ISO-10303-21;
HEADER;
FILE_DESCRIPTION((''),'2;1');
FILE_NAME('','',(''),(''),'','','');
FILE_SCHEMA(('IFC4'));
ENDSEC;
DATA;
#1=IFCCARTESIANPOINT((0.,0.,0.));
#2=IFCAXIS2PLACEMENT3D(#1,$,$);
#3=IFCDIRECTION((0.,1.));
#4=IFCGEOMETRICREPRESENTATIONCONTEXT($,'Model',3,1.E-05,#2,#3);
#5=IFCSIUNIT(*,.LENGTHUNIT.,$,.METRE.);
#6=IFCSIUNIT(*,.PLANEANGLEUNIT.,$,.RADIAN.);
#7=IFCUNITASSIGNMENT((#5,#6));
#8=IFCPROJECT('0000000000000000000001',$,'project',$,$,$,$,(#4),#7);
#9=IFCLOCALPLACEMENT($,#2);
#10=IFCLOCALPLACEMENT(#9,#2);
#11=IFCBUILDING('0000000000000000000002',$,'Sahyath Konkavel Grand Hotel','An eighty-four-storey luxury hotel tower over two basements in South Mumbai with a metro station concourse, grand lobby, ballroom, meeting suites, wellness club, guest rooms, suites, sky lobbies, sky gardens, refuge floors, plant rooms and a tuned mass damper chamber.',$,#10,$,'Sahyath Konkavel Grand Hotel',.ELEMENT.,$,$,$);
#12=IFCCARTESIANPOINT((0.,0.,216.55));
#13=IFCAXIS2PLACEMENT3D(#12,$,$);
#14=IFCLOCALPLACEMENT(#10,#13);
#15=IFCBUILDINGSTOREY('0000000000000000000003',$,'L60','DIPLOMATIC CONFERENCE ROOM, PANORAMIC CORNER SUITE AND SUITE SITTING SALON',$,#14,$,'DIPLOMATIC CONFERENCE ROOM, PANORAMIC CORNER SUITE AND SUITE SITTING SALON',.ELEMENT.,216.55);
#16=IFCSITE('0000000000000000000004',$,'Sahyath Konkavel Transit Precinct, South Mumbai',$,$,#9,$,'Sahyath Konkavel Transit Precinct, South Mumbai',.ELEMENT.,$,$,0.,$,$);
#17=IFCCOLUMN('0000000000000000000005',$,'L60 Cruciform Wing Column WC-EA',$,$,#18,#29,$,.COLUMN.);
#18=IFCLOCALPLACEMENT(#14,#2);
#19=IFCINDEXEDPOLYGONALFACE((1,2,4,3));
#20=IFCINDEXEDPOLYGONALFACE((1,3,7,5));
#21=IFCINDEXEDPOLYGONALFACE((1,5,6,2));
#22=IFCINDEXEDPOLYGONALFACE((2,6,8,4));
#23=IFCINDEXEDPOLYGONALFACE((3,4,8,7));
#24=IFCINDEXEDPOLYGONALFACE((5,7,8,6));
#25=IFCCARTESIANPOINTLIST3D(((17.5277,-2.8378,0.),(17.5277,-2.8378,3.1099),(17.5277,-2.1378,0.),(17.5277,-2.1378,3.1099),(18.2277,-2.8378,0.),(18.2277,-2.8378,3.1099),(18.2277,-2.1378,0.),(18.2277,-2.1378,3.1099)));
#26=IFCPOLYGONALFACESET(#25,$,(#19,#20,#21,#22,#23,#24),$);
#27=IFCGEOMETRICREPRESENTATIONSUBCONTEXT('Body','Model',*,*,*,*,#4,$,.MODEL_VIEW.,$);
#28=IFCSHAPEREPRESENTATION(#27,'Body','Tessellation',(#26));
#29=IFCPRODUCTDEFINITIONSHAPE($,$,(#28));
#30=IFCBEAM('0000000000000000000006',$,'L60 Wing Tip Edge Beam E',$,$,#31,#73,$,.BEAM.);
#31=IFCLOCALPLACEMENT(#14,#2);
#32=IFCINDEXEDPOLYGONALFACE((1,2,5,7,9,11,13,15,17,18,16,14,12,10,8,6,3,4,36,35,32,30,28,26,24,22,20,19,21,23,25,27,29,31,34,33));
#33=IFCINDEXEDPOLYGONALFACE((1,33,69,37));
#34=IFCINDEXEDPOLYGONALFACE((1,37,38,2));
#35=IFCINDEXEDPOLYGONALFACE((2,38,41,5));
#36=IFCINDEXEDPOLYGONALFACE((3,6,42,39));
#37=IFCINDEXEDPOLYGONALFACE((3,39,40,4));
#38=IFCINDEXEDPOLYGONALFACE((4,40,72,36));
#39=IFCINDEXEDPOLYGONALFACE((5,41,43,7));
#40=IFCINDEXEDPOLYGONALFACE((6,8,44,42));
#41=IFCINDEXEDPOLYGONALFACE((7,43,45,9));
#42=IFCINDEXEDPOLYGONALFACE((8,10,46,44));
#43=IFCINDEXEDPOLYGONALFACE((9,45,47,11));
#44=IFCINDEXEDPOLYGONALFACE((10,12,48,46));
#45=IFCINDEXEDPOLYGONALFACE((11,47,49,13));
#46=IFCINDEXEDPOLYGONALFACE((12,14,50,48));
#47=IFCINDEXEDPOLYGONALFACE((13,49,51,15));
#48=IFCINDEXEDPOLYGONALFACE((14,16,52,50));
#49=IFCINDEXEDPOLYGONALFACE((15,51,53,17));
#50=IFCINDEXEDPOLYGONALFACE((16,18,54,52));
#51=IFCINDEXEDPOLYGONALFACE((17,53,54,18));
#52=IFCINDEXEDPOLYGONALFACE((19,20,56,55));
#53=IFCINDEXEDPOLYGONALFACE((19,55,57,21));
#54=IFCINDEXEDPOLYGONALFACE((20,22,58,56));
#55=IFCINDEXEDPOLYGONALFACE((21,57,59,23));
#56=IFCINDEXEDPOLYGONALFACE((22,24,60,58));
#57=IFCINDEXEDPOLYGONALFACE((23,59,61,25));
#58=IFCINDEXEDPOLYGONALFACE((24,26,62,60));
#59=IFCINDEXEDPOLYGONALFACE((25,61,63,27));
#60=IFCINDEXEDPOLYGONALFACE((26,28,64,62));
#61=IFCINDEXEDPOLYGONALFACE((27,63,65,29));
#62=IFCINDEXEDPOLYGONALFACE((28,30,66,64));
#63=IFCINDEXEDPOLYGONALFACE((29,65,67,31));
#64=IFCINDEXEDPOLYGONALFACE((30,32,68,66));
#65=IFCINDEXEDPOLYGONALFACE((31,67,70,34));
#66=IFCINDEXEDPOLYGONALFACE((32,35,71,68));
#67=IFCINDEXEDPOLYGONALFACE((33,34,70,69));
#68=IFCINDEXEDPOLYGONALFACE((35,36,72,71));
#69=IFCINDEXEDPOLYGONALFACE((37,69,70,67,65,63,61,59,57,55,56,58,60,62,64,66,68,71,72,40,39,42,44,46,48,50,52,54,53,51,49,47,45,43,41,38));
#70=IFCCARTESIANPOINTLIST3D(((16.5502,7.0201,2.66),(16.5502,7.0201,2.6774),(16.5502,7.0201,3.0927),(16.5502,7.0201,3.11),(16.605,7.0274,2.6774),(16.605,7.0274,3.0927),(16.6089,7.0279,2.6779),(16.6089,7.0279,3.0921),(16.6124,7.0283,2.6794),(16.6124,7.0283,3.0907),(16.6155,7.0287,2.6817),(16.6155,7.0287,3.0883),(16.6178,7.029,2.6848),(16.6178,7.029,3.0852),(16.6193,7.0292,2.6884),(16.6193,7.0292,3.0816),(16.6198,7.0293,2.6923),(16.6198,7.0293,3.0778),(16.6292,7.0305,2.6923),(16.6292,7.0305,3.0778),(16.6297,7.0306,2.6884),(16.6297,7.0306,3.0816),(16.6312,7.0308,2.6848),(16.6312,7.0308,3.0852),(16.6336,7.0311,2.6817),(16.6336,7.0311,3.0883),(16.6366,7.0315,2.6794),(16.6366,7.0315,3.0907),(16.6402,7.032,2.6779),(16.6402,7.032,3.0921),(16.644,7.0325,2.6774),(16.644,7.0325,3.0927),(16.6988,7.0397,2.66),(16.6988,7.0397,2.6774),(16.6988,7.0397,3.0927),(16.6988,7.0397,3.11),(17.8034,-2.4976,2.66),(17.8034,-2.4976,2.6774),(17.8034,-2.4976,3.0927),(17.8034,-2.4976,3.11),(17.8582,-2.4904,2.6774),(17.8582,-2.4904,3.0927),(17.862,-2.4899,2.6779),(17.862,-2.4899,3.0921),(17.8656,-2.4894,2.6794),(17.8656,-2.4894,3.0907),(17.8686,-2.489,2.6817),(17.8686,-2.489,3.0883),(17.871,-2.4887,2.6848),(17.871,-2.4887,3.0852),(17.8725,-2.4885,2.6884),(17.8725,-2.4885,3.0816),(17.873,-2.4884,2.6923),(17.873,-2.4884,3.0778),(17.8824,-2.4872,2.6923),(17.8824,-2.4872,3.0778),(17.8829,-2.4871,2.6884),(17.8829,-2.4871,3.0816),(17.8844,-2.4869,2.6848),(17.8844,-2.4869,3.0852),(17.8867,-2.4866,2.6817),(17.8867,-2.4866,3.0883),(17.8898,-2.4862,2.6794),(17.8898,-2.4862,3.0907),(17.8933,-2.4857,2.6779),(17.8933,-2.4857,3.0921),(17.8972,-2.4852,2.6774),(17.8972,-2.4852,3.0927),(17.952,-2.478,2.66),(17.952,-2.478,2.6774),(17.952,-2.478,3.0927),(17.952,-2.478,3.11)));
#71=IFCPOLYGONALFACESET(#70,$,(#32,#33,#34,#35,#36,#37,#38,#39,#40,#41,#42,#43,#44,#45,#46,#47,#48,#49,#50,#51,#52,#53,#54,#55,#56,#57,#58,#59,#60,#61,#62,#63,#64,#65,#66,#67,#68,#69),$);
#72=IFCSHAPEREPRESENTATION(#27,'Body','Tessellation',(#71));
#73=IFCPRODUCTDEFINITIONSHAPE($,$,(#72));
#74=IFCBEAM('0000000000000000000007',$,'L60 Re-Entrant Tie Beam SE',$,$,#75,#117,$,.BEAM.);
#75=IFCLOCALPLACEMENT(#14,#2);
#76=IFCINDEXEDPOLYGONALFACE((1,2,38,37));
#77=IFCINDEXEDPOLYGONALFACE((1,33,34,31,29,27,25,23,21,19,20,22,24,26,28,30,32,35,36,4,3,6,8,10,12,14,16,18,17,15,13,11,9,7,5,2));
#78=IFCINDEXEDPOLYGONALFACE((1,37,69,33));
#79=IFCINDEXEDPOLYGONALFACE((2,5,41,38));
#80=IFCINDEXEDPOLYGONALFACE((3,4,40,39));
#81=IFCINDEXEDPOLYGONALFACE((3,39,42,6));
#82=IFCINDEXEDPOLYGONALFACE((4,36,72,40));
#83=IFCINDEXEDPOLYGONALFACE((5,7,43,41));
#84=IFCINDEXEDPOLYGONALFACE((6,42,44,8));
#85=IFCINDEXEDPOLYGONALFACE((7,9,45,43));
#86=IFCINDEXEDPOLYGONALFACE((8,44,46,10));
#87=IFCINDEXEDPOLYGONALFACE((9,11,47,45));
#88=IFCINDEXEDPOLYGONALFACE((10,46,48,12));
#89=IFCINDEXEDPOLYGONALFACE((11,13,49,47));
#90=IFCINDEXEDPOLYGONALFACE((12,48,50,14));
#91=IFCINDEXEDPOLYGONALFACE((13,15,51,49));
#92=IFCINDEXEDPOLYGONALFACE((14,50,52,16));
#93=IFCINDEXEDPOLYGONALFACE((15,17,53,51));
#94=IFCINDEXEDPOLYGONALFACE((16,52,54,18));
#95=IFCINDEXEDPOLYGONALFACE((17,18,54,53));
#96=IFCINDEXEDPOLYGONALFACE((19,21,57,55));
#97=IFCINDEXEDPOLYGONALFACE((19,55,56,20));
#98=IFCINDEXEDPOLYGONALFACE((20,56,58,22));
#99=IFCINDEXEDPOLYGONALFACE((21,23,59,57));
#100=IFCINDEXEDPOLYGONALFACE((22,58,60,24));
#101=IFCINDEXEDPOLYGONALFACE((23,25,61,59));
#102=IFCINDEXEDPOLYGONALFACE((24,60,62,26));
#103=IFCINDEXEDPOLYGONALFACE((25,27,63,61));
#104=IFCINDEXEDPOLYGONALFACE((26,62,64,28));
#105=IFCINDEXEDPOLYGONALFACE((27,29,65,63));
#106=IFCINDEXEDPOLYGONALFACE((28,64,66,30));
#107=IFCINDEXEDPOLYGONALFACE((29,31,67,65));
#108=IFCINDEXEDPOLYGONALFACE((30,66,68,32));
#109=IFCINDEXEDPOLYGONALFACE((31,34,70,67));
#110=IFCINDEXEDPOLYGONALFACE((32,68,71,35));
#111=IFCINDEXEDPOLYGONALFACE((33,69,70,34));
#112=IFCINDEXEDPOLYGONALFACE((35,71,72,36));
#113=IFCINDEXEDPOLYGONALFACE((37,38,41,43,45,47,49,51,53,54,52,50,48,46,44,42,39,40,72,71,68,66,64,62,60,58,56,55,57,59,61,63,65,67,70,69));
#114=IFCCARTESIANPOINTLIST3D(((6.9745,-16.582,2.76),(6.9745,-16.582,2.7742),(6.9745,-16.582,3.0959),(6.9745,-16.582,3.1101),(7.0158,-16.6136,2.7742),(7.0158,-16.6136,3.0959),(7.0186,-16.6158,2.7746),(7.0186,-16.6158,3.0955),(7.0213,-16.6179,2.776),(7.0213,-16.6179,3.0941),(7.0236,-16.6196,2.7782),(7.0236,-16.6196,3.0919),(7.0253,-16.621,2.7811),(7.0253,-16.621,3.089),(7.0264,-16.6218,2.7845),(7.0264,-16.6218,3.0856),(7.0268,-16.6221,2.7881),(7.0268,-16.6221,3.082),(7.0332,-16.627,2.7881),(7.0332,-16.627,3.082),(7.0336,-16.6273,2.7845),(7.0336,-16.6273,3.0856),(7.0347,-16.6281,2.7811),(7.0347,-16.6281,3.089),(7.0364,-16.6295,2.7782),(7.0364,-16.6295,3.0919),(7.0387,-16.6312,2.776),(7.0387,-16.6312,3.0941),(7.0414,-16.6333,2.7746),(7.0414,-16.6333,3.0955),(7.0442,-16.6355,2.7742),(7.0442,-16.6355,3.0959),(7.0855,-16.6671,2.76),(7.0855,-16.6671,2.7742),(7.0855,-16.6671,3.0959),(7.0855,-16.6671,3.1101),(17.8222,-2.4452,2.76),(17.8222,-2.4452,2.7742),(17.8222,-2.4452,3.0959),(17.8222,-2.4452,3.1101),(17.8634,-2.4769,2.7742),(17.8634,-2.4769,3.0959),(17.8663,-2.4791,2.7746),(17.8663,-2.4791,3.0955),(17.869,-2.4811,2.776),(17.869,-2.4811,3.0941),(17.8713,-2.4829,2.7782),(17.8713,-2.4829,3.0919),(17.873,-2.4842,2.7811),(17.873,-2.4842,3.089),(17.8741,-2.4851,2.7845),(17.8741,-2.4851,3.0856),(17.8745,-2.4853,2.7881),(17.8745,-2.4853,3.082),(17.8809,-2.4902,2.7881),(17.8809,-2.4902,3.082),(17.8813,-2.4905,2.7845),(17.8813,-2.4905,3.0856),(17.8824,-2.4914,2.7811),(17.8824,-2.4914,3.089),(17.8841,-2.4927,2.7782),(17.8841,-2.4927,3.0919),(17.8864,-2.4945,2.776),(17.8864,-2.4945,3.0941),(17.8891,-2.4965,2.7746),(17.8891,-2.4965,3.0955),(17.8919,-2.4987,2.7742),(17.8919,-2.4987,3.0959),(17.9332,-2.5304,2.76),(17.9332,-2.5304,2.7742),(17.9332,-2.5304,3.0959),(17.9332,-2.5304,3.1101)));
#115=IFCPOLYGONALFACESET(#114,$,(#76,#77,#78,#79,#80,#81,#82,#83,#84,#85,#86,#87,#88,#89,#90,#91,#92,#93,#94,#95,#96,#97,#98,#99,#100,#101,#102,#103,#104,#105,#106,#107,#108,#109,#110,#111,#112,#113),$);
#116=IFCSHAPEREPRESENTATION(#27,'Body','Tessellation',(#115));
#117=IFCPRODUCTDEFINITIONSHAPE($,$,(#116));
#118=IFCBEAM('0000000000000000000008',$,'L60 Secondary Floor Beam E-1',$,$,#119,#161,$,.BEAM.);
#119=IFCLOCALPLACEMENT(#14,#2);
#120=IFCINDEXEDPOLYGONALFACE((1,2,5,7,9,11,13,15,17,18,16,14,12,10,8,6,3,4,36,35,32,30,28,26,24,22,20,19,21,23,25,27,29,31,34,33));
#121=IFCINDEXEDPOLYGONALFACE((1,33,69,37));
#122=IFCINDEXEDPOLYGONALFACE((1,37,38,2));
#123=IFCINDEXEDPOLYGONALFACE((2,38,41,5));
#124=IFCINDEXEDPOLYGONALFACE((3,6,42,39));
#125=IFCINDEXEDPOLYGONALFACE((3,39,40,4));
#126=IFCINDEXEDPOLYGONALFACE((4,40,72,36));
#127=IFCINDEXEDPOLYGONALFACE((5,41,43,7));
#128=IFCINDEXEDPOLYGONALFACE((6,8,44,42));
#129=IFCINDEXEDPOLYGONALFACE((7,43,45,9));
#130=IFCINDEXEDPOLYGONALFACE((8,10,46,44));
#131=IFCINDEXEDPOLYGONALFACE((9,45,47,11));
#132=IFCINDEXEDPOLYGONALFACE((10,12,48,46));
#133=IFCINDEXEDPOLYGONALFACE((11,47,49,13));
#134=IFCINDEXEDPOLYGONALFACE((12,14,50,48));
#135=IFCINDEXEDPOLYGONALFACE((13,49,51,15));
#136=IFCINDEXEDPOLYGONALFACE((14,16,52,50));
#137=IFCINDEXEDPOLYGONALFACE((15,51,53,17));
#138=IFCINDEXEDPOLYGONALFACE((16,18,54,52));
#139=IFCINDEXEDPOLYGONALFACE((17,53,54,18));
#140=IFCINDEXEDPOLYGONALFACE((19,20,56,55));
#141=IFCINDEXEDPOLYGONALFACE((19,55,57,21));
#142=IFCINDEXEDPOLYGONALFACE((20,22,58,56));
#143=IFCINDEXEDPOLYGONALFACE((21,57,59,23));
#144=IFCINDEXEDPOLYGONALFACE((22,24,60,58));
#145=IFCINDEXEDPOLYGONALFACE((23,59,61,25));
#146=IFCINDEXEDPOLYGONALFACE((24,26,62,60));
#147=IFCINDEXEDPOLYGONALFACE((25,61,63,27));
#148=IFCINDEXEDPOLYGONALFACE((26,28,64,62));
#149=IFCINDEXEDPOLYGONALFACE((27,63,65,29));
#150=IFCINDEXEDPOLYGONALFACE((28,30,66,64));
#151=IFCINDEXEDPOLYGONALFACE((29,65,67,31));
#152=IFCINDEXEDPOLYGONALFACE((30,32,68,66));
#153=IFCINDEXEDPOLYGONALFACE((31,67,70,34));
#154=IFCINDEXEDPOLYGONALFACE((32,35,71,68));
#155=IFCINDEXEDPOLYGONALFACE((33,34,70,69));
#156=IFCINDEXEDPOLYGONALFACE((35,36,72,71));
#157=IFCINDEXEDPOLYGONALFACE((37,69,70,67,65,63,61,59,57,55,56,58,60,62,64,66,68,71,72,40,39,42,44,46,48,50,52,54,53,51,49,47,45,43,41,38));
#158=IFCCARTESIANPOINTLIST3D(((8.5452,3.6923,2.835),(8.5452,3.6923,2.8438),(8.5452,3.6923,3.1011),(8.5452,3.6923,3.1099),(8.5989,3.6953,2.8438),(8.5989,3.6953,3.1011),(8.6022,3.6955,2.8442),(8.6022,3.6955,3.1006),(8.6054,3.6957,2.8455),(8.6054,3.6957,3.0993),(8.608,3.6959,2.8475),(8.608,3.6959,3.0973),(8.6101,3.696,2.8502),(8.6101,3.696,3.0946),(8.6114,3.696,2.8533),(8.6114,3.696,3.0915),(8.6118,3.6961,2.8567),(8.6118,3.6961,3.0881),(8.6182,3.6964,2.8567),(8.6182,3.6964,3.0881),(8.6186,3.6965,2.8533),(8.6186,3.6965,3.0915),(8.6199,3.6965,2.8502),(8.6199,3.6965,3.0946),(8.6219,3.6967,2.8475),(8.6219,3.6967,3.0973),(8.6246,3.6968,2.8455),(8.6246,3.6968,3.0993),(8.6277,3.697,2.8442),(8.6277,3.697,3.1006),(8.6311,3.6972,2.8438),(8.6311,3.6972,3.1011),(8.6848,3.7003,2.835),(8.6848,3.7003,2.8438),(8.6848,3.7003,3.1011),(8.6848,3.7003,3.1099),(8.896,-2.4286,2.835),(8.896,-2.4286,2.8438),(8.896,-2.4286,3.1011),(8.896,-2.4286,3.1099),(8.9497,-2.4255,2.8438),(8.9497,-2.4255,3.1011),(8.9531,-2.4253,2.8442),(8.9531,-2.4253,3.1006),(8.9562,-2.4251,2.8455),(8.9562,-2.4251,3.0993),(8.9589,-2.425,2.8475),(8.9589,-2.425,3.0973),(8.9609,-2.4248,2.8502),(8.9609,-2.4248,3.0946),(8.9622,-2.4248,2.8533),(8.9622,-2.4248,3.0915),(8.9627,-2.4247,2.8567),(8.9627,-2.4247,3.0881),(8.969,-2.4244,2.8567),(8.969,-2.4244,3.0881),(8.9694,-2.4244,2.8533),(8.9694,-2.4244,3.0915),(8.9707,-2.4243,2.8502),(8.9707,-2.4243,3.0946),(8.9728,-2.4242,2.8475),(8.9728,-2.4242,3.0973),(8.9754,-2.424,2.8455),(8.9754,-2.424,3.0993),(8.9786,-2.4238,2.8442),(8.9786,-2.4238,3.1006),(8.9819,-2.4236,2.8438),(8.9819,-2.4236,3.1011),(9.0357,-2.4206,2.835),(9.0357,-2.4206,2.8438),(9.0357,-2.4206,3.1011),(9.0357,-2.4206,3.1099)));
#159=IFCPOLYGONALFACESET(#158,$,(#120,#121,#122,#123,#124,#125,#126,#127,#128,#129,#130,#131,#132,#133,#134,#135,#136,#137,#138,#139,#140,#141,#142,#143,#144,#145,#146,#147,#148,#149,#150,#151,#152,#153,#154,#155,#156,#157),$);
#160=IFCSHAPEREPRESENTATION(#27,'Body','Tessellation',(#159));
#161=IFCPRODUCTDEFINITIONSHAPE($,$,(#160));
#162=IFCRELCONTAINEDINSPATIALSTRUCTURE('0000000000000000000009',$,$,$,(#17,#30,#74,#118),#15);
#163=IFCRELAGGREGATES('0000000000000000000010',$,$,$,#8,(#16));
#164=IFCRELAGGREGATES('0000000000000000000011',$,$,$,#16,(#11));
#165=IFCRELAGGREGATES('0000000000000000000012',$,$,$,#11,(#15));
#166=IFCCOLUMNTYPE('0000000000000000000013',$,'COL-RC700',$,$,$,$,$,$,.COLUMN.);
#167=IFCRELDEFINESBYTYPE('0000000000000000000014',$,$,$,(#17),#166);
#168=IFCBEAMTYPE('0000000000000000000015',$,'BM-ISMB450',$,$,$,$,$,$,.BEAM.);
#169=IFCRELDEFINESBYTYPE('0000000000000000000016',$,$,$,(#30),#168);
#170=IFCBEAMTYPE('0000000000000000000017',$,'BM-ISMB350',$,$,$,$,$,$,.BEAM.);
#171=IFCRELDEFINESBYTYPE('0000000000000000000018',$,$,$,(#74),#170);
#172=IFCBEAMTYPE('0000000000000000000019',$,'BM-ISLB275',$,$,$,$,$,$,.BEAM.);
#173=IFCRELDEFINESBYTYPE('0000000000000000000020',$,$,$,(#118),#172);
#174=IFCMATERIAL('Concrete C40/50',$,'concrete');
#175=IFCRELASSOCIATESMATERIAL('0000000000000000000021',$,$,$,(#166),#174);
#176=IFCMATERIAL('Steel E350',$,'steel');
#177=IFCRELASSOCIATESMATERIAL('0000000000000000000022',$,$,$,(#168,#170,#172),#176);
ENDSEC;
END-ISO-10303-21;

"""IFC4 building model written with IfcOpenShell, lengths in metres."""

from ifc_helpers import new_model, si_unit, direction, frame, origin, origin_2d, place, context, subcontext, project, spatial, rectangle, i_section, extrude, source, transform, mapped, material, material_profile, profile_set, type_object, element, save


model = new_model("IFC4")

# Units and contexts
model_context = context("Model", 3, precision=1e-05, world=origin(), true_north=direction((0.0, 1.0)))
body_context = subcontext(model_context, "Body", "Model", "MODEL_VIEW")
ifc_project = project(units=[si_unit("LENGTHUNIT", "METRE"), si_unit("PLANEANGLEUNIT", "RADIAN")], contexts=[model_context])

# Site, building, storey
site_placement = place(None, origin())
site = spatial("IfcSite", under=ifc_project, at=site_placement, Name="Sahyath Konkavel Transit Precinct, South Mumbai", LongName="Sahyath Konkavel Transit Precinct, South Mumbai", CompositionType="ELEMENT", RefElevation=0.0)
building_placement = place(site_placement, origin())
building = spatial("IfcBuilding", under=site, at=building_placement, Name="Sahyath Konkavel Grand Hotel", Description="An eighty-four-storey luxury hotel tower over two basements in South Mumbai with a metro station concourse, grand lobby, ballroom, meeting suites, wellness club, guest rooms, suites, sky lobbies, sky gardens, refuge floors, plant rooms and a tuned mass damper chamber.", LongName="Sahyath Konkavel Grand Hotel", CompositionType="ELEMENT")
storey_placement = place(building_placement, frame((0.0, 0.0, 216.55)))
storey = spatial("IfcBuildingStorey", under=building, at=storey_placement, Name="L60", Description="DIPLOMATIC CONFERENCE ROOM, PANORAMIC CORNER SUITE AND SUITE SITTING SALON", LongName="DIPLOMATIC CONFERENCE ROOM, PANORAMIC CORNER SUITE AND SUITE SITTING SALON", CompositionType="ELEMENT", Elevation=216.55)

# Column
ifc_material_1 = material(Name="Concrete C40/50", Category="concrete")
ifc_material_profile_1 = material_profile(ifc_material_1, rectangle(XDim=0.7, YDim=0.7, at=origin_2d()), Name="RC 700x700")
ifc_profile_set_1 = profile_set([ifc_material_profile_1], Name="Concrete C40/50")
column_type = type_object("IfcColumnType", Name="COL-RC700", PredefinedType="COLUMN", material=ifc_profile_set_1)
shared_shape_1 = source(origin(), body_context, "Body", "SweptSolid", [
    extrude(rectangle(XDim=0.7, YDim=0.7, at=origin_2d()), origin(), (0.0, 0.0, 1.0), 3.1099),
])
column_placement = place(storey_placement, frame((17.8777, -2.4878, 0.0), z_axis=(0.0, 0.0, 1.0), x_axis=(1.0, 0.0, 0.0)))
element("IfcColumn", 1, at=column_placement, inside=storey, type_object=column_type, Name="L60 Cruciform Wing Column WC-EA", PredefinedType="COLUMN", context=body_context, shape_type="MappedRepresentation", body=[
    mapped(shared_shape_1, transform((0.0, 0.0, 0.0), scale=1.0)),
])

# Beams
ifc_material_2 = material(Name="Steel E350", Category="steel")
ifc_material_profile_2 = material_profile(ifc_material_2, i_section(OverallWidth=0.1499, OverallDepth=0.45, WebThickness=0.0095, FlangeThickness=0.0173, FilletRadius=0.0149, at=origin_2d()), Name="ISMB 450")
ifc_profile_set_2 = profile_set([ifc_material_profile_2], Name="Steel E350")
beam_type_1 = type_object("IfcBeamType", Name="BM-ISMB450", PredefinedType="BEAM", material=ifc_profile_set_2)
shared_shape_2 = source(origin(), body_context, "Body", "SweptSolid", [
    extrude(i_section(OverallWidth=0.1499, OverallDepth=0.45, WebThickness=0.0095, FlangeThickness=0.0173, FilletRadius=0.0149, at=origin_2d()), origin(), (0.0, 0.0, 1.0), 9.5999),
])
beam_1_placement = place(storey_placement, frame((17.8777, -2.4878, 2.885), z_axis=(-0.130539, 0.991443, 0.0), x_axis=(-0.991443, -0.130539, 0.0)))
element("IfcBeam", 2, at=beam_1_placement, inside=storey, type_object=beam_type_1, Name="L60 Wing Tip Edge Beam E", PredefinedType="BEAM", context=body_context, shape_type="MappedRepresentation", body=[
    mapped(shared_shape_2, transform((0.0, 0.0, 0.0), scale=1.0)),
])
ifc_material_profile_3 = material_profile(ifc_material_2, i_section(OverallWidth=0.1399, OverallDepth=0.3501, WebThickness=0.0081, FlangeThickness=0.0142, FilletRadius=0.0139, at=origin_2d()), Name="ISMB 350")
ifc_profile_set_3 = profile_set([ifc_material_profile_3], Name="Steel E350")
beam_type_2 = type_object("IfcBeamType", Name="BM-ISMB350", PredefinedType="BEAM", material=ifc_profile_set_3)
shared_shape_3 = source(origin(), body_context, "Body", "SweptSolid", [
    extrude(i_section(OverallWidth=0.1399, OverallDepth=0.3501, WebThickness=0.0081, FlangeThickness=0.0142, FilletRadius=0.0139, at=origin_2d()), origin(), (0.0, 0.0, 1.0), 17.8191),
])
beam_2_placement = place(storey_placement, frame((17.8777, -2.4878, 2.9351), z_axis=(-0.608767, -0.793349, 0.0), x_axis=(0.793349, -0.608767, 0.0)))
element("IfcBeam", 3, at=beam_2_placement, inside=storey, type_object=beam_type_2, Name="L60 Re-Entrant Tie Beam SE", PredefinedType="BEAM", context=body_context, shape_type="MappedRepresentation", body=[
    mapped(shared_shape_3, transform((0.0, 0.0, 0.0), scale=1.0)),
])
ifc_material_profile_4 = material_profile(ifc_material_2, i_section(OverallWidth=0.1399, OverallDepth=0.2749, WebThickness=0.0063, FlangeThickness=0.0088, FilletRadius=0.0129, at=origin_2d()), Name="ISLB 275")
ifc_profile_set_4 = profile_set([ifc_material_profile_4], Name="Steel E350")
beam_type_3 = type_object("IfcBeamType", Name="BM-ISLB275", PredefinedType="BEAM", material=ifc_profile_set_4)
shared_shape_4 = source(origin(), body_context, "Body", "SweptSolid", [
    extrude(i_section(OverallWidth=0.1399, OverallDepth=0.2749, WebThickness=0.0063, FlangeThickness=0.0088, FilletRadius=0.0129, at=origin_2d()), origin(), (0.0, 0.0, 1.0), 6.1309),
])
beam_3_placement = place(storey_placement, frame((8.9658, -2.4246, 2.9724), z_axis=(-0.057223, 0.998361, 0.0), x_axis=(-0.998361, -0.057223, 0.0)))
element("IfcBeam", 4, at=beam_3_placement, inside=storey, type_object=beam_type_3, Name="L60 Secondary Floor Beam E-1", PredefinedType="BEAM", context=body_context, shape_type="MappedRepresentation", body=[
    mapped(shared_shape_4, transform((0.0, 0.0, 0.0), scale=1.0)),
])

save(model, "model.ifc")
